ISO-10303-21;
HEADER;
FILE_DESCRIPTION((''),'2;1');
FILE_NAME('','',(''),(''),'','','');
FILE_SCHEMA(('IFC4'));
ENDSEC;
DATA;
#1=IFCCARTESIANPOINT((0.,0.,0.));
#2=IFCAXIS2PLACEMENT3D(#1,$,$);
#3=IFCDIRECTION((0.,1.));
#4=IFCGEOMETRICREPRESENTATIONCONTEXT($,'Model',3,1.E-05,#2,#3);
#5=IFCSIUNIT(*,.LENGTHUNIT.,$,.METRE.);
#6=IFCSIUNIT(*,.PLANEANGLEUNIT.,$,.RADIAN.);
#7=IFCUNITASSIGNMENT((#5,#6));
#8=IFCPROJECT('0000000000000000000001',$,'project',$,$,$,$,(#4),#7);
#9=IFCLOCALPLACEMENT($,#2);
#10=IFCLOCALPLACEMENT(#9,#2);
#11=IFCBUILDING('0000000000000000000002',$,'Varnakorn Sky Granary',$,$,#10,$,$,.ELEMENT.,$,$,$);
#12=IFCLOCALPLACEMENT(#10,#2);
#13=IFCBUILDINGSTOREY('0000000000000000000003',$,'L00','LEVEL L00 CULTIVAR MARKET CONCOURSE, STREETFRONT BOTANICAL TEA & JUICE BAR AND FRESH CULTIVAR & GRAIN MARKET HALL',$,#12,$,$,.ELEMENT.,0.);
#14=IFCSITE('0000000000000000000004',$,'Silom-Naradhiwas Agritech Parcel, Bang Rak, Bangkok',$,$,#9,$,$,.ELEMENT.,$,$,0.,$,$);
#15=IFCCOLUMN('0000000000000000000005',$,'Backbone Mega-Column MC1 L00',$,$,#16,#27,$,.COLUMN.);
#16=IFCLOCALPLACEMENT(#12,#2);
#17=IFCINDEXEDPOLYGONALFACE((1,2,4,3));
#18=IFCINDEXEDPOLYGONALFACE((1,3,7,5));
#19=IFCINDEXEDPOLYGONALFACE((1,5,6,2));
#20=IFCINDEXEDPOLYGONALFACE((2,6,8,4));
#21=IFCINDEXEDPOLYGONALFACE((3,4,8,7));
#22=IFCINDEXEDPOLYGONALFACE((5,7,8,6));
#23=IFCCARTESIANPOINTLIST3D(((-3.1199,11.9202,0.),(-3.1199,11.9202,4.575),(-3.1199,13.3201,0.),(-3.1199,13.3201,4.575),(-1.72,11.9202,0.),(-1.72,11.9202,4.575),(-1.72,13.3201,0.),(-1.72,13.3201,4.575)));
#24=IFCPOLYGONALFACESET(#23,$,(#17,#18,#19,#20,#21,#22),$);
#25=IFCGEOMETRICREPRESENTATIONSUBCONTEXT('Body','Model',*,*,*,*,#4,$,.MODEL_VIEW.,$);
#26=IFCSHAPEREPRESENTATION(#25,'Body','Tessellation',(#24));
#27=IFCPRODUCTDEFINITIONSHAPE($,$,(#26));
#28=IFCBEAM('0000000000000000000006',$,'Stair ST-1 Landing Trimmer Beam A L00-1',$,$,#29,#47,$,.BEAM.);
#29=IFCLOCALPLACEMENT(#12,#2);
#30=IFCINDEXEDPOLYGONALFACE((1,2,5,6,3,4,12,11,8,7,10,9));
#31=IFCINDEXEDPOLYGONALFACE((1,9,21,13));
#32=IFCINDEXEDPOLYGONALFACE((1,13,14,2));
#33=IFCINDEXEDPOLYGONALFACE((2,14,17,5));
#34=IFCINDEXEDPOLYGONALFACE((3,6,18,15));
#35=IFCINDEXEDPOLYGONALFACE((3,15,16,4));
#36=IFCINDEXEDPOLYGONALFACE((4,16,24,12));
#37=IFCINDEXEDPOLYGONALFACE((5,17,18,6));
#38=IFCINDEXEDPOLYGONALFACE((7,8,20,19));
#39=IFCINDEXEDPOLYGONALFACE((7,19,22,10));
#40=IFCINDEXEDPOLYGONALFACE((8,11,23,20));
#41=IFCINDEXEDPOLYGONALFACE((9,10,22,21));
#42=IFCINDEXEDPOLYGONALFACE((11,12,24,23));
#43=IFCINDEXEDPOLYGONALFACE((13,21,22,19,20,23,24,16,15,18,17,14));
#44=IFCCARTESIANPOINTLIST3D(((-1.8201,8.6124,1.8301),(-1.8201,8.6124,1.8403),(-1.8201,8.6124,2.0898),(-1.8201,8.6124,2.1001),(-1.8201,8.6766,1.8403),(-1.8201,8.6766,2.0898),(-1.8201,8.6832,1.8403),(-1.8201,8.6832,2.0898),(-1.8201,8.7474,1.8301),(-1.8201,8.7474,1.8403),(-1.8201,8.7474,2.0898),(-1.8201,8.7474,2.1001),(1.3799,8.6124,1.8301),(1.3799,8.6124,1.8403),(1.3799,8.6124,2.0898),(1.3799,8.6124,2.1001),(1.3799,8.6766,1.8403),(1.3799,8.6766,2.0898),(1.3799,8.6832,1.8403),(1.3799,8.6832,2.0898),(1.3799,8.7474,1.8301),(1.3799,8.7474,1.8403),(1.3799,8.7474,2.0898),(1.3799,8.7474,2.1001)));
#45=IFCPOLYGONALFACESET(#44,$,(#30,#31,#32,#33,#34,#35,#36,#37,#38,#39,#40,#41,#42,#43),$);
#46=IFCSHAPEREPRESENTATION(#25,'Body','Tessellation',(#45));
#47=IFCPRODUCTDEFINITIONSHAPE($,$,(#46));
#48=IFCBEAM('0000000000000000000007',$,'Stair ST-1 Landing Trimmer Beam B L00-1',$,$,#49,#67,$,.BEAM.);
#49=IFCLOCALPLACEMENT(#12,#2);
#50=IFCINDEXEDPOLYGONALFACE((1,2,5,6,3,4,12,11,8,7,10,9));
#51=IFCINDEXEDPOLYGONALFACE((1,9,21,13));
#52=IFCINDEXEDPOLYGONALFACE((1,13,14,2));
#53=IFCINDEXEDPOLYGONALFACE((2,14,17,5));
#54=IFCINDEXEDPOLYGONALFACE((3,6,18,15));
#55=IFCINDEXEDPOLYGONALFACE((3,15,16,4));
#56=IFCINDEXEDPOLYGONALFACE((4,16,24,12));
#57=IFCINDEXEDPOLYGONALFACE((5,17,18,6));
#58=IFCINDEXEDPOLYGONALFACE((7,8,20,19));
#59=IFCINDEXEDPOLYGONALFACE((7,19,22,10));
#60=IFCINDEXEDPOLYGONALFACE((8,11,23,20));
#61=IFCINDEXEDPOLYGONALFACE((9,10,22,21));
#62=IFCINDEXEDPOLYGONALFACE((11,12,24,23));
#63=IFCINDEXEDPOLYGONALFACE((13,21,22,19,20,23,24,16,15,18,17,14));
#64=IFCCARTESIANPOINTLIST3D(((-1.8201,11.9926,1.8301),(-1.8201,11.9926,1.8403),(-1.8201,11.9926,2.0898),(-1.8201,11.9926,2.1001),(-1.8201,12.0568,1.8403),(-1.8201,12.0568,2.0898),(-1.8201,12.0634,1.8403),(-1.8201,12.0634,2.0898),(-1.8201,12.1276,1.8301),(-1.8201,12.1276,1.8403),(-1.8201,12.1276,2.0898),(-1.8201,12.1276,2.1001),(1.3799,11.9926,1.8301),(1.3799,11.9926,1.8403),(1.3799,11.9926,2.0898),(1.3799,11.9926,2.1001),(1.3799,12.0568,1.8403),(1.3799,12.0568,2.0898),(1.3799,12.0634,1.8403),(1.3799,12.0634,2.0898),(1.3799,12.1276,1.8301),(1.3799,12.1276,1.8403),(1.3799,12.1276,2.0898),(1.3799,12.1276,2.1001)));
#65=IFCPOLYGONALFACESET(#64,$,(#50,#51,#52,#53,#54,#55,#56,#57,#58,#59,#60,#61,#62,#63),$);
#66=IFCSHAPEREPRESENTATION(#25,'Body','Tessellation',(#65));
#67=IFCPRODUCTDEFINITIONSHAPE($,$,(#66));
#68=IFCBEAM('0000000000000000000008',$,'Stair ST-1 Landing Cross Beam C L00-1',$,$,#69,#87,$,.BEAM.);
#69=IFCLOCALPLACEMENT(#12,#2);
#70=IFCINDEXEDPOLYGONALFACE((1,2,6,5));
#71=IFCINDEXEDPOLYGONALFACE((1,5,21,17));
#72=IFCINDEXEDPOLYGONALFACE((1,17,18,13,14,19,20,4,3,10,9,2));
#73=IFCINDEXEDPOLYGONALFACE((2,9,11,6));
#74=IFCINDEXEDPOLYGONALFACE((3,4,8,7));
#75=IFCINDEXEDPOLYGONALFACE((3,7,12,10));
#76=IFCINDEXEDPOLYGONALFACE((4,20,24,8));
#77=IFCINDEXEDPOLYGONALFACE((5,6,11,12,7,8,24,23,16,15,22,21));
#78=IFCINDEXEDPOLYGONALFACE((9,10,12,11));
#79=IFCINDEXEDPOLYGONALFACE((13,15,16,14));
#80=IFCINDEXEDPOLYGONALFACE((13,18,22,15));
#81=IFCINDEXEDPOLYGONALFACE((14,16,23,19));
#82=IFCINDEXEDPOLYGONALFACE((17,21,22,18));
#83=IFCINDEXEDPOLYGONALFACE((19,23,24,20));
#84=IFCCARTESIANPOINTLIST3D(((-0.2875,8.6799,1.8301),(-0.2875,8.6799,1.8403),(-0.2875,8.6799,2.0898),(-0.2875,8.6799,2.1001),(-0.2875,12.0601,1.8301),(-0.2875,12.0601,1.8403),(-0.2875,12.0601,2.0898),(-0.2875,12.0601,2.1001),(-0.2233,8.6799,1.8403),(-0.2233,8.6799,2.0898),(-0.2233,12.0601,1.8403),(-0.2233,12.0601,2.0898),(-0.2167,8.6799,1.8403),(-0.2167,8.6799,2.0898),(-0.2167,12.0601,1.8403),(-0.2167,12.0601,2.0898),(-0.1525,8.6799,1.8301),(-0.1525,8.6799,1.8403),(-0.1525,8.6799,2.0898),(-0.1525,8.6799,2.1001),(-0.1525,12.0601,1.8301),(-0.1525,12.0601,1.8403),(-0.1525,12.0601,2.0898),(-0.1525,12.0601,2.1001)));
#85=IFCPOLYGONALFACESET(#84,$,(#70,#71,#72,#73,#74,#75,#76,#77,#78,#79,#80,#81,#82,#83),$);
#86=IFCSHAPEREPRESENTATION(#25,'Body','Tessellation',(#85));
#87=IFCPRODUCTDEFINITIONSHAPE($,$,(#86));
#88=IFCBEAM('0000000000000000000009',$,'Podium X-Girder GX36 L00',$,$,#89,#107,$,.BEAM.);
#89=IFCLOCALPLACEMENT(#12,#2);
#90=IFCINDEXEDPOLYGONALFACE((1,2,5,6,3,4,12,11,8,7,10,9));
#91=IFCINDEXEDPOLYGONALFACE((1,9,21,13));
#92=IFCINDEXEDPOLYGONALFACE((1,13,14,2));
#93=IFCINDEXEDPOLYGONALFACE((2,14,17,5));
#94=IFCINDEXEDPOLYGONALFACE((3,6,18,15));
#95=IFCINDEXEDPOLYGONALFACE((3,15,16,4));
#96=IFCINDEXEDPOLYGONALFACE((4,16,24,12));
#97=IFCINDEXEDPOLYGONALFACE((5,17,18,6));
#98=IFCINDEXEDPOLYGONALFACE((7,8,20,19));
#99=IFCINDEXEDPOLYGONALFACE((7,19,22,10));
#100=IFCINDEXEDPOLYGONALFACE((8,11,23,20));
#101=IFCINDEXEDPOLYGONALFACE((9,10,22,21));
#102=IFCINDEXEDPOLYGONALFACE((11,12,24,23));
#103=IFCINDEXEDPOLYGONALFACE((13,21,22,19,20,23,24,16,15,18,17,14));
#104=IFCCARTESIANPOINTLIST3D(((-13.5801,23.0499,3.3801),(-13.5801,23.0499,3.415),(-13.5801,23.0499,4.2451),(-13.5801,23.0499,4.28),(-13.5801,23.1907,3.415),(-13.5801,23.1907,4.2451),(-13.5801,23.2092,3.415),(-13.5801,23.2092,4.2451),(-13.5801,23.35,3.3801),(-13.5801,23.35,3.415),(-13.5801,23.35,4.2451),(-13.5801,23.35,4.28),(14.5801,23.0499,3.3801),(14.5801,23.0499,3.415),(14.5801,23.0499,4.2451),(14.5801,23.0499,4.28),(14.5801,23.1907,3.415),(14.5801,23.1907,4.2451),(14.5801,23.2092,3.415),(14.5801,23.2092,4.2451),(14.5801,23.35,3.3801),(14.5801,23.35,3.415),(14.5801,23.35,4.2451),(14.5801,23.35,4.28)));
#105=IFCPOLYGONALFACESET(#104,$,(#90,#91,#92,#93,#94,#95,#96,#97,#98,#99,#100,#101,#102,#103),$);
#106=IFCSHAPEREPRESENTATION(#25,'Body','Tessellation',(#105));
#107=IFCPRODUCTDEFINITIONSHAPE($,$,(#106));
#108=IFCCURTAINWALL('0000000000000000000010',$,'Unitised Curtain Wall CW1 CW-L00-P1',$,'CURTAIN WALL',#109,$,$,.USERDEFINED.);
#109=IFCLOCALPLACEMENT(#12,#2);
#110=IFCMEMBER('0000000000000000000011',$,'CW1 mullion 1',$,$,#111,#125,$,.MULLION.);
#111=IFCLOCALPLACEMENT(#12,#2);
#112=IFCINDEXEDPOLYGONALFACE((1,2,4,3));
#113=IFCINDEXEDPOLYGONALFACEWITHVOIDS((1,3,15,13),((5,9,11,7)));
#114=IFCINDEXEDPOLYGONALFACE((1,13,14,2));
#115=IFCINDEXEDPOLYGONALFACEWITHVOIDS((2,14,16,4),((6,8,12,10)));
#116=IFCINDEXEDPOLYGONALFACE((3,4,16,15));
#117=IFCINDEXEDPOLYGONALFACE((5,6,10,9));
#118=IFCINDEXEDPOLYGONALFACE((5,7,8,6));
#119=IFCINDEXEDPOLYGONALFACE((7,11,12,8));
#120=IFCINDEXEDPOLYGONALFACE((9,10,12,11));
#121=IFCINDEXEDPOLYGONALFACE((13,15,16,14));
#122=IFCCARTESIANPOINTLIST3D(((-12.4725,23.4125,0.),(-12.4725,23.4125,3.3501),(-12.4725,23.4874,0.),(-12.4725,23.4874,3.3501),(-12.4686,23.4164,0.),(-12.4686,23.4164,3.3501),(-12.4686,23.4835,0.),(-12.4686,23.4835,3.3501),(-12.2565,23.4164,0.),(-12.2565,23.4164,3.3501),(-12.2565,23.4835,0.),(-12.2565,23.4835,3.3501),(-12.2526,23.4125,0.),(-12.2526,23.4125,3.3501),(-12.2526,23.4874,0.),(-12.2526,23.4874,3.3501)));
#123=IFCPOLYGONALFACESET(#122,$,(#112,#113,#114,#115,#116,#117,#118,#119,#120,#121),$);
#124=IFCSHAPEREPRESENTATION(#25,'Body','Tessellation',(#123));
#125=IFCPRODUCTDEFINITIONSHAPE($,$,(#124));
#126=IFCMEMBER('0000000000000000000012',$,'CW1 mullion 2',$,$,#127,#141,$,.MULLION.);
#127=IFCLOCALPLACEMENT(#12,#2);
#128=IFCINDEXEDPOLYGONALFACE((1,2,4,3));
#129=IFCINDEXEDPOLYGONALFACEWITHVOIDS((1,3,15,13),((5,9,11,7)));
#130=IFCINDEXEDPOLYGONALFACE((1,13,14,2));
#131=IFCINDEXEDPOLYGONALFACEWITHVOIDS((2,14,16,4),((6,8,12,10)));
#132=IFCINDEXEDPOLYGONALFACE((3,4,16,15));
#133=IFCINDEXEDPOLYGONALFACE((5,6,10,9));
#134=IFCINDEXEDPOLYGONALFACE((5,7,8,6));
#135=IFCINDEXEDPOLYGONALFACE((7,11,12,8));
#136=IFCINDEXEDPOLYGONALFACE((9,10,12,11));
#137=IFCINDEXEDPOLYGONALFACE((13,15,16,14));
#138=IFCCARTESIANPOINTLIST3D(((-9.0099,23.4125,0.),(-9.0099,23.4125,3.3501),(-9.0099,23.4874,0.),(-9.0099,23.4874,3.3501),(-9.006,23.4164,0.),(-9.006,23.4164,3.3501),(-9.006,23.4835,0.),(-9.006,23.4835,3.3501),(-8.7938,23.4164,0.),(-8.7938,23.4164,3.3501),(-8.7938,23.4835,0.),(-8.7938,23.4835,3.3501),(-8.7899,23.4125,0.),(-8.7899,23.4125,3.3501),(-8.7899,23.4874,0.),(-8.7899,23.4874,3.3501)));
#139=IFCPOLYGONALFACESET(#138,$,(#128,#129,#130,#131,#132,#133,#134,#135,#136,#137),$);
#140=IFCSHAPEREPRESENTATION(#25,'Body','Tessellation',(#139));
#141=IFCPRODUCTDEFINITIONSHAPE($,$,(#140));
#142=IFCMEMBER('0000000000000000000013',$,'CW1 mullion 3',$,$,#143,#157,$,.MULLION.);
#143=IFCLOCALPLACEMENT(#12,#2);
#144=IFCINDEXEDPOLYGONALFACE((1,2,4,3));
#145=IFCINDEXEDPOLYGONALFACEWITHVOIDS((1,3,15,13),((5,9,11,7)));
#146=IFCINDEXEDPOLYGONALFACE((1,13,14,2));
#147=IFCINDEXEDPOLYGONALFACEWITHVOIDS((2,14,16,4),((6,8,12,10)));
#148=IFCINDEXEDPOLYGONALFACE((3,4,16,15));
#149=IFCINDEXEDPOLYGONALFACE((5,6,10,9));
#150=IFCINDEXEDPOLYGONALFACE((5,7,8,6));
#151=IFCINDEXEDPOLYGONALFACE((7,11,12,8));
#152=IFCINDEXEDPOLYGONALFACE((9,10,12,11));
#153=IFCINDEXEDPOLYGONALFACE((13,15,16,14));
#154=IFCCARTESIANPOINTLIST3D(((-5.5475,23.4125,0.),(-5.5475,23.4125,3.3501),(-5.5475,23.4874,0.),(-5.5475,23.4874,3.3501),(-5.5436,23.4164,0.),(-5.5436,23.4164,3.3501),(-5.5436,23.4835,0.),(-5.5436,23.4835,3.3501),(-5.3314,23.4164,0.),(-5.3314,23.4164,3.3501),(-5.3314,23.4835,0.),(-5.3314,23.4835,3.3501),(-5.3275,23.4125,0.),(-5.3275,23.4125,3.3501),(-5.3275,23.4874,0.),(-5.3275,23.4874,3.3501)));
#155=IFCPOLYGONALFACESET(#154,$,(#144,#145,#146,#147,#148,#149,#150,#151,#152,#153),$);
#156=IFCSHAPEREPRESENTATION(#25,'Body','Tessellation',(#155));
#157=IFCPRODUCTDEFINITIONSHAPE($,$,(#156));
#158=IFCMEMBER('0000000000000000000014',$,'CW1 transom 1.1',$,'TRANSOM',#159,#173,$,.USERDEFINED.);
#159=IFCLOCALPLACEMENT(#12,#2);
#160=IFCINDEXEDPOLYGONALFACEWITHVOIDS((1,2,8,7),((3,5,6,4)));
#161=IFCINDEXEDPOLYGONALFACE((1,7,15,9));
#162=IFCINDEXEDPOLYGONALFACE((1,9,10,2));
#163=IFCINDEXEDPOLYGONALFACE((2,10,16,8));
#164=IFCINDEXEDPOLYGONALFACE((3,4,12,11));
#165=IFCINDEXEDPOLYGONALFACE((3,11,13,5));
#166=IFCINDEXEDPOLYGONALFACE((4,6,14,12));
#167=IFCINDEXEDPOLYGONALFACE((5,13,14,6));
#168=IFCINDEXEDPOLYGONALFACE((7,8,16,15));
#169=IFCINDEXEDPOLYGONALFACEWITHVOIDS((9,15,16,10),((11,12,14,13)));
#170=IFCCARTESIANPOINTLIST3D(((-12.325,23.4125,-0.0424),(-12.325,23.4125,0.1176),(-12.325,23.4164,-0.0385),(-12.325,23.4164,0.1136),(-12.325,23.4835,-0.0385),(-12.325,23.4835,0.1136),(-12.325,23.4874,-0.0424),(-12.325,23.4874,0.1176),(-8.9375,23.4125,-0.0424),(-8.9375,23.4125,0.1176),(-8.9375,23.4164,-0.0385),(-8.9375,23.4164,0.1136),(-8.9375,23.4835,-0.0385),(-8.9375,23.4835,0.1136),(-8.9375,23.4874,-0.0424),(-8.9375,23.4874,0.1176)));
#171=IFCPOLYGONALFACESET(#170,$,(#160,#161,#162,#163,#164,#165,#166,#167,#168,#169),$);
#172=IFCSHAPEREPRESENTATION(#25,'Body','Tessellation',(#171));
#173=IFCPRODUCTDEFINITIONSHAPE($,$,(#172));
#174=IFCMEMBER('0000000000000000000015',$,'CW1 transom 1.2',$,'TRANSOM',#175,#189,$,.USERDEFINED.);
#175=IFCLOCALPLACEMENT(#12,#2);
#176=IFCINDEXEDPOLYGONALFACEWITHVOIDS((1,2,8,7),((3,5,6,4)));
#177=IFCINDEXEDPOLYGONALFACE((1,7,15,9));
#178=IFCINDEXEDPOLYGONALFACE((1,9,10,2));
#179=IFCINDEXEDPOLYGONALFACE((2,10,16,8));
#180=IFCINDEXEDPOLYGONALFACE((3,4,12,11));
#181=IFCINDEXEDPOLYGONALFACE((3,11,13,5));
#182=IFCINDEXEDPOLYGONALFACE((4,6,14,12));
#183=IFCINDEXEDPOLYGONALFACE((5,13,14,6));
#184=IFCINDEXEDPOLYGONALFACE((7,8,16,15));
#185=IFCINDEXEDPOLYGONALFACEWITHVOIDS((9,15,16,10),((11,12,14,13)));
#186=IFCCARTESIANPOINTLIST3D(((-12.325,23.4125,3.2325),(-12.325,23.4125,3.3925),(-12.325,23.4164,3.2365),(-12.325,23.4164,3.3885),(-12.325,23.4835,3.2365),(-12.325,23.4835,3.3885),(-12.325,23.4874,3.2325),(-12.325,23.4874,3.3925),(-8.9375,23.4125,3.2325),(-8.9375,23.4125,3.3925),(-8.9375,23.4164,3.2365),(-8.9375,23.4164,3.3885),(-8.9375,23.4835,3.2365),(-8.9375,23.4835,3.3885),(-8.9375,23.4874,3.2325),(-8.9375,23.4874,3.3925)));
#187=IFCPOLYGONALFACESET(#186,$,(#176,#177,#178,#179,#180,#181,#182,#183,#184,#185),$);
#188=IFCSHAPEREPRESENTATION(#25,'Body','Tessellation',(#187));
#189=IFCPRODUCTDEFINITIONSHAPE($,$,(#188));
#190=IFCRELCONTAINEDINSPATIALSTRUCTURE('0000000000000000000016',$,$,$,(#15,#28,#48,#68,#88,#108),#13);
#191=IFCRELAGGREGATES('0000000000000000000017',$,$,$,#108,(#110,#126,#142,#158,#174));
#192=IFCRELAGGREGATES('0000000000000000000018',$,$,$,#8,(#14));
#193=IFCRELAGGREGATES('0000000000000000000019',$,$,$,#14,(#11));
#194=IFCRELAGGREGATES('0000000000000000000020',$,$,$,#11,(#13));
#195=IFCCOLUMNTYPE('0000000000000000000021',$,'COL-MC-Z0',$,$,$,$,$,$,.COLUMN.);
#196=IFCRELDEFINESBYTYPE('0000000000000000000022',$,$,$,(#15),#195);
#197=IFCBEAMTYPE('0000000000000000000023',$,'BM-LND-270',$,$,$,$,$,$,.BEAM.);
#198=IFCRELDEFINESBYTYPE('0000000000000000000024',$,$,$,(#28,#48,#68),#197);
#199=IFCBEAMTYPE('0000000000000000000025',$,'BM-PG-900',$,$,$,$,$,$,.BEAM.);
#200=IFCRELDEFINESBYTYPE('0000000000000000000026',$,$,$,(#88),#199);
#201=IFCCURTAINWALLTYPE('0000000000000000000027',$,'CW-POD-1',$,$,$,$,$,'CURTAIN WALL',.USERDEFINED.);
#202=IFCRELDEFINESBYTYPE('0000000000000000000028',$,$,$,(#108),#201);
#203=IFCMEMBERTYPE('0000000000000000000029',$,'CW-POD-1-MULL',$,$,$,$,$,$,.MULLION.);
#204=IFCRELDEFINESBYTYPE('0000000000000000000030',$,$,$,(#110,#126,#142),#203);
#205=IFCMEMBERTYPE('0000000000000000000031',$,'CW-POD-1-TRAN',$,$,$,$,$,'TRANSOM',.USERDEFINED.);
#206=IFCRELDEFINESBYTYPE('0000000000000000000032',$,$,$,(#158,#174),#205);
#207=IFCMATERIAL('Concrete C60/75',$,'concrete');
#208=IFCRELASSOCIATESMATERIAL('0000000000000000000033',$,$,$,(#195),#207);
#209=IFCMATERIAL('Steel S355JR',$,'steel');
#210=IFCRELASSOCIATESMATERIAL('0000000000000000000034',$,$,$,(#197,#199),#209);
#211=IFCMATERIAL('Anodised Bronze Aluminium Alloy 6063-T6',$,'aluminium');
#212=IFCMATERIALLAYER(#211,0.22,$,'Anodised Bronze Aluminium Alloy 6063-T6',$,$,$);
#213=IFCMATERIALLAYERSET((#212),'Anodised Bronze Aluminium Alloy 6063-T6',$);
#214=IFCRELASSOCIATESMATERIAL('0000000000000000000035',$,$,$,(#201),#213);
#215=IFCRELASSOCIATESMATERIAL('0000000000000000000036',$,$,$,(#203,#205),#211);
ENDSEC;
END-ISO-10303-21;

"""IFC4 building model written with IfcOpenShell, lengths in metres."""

from ifc_helpers import new_model, si_unit, direction, frame, origin, origin_2d, place, context, subcontext, project, spatial, rectangle, hollow_rectangle, i_section, extrude, material, layer, layer_set, material_profile, profile_set, type_object, element, aggregate, save


model = new_model("IFC4")

# Units and contexts
model_context = context("Model", 3, precision=1e-05, world=origin(), true_north=direction((0.0, 1.0)))
body_context = subcontext(model_context, "Body", "Model", "MODEL_VIEW")
ifc_project = project(units=[si_unit("LENGTHUNIT", "METRE"), si_unit("PLANEANGLEUNIT", "RADIAN")], contexts=[model_context])

# Site, building, storey
site_placement = place(None, origin())
site = spatial("IfcSite", under=ifc_project, at=site_placement, Name="Silom-Naradhiwas Agritech Parcel, Bang Rak, Bangkok", CompositionType="ELEMENT", RefElevation=0.0)
building_placement = place(site_placement, origin())
building = spatial("IfcBuilding", under=site, at=building_placement, Name="Varnakorn Sky Granary", CompositionType="ELEMENT")
storey_placement = place(building_placement, origin())
storey = spatial("IfcBuildingStorey", under=building, at=storey_placement, Name="L00", Description="LEVEL L00 CULTIVAR MARKET CONCOURSE, STREETFRONT BOTANICAL TEA & JUICE BAR AND FRESH CULTIVAR & GRAIN MARKET HALL", CompositionType="ELEMENT", Elevation=0.0)

# Column
ifc_material_1 = material(Name="Concrete C60/75", Category="concrete")
ifc_material_profile_1 = material_profile(ifc_material_1, rectangle(XDim=1.3999, YDim=1.3999, at=origin_2d()), Name="RC 1400x1400")
ifc_profile_set_1 = profile_set([ifc_material_profile_1], Name="Concrete C60/75")
column_type = type_object("IfcColumnType", Name="COL-MC-Z0", PredefinedType="COLUMN", material=ifc_profile_set_1)
column_placement = place(storey_placement, frame((-2.4199, 12.6201, 0.0), z_axis=(0.0, 0.0, 1.0), x_axis=(1.0, 0.0, 0.0)))
element("IfcColumn", 1, at=column_placement, inside=storey, type_object=column_type, Name="Backbone Mega-Column MC1 L00", PredefinedType="COLUMN", context=body_context, shape_type="SweptSolid", body=[
    extrude(rectangle(XDim=1.3999, YDim=1.3999, at=origin_2d()), origin(), (0.0, 0.0, 1.0), 4.575),
])

# Beams
ifc_material_2 = material(Name="Steel S355JR", Category="steel")
ifc_material_profile_2 = material_profile(ifc_material_2, i_section(OverallWidth=0.135, OverallDepth=0.27, WebThickness=0.0066, FlangeThickness=0.0103, at=origin_2d()), Name="IPE 270")
ifc_profile_set_2 = profile_set([ifc_material_profile_2], Name="Steel S355JR")
beam_type_1 = type_object("IfcBeamType", Name="BM-LND-270", PredefinedType="BEAM", material=ifc_profile_set_2)
for number, where, z_axis, x_axis, name in (
    (2, (-1.8201, 8.6799, 1.9651), (1.0, 0.0, 0.0), (0.0, 1.0, 0.0), "Stair ST-1 Landing Trimmer Beam A L00-1"),
    (3, (-1.8201, 12.0601, 1.9651), (1.0, 0.0, 0.0), (0.0, 1.0, 0.0), "Stair ST-1 Landing Trimmer Beam B L00-1"),
):
    element("IfcBeam", number, at=place(storey_placement, frame(where, z_axis=z_axis, x_axis=x_axis)), inside=storey, type_object=beam_type_1, Name=name, PredefinedType="BEAM", context=body_context, shape_type="SweptSolid", body=[
        extrude(i_section(OverallWidth=0.135, OverallDepth=0.27, WebThickness=0.0066, FlangeThickness=0.0103, at=origin_2d()), origin(), (0.0, 0.0, 1.0), 3.2),
    ])
beam_1_placement = place(storey_placement, frame((-0.22, 8.6799, 1.9651), z_axis=(0.0, 1.0, 0.0), x_axis=(-1.0, 0.0, 0.0)))
element("IfcBeam", 4, at=beam_1_placement, inside=storey, type_object=beam_type_1, Name="Stair ST-1 Landing Cross Beam C L00-1", PredefinedType="BEAM", context=body_context, shape_type="SweptSolid", body=[
    extrude(i_section(OverallWidth=0.135, OverallDepth=0.27, WebThickness=0.0066, FlangeThickness=0.0103, at=origin_2d()), origin(), (0.0, 0.0, 1.0), 3.3801),
])
ifc_material_profile_3 = material_profile(ifc_material_2, i_section(OverallWidth=0.3, OverallDepth=0.8999, WebThickness=0.0186, FlangeThickness=0.0349, at=origin_2d()), Name="HE 900 B")
ifc_profile_set_3 = profile_set([ifc_material_profile_3], Name="Steel S355JR")
beam_type_2 = type_object("IfcBeamType", Name="BM-PG-900", PredefinedType="BEAM", material=ifc_profile_set_3)
beam_2_placement = place(storey_placement, frame((-13.5801, 23.2, 3.8301), z_axis=(1.0, 0.0, 0.0), x_axis=(0.0, 1.0, 0.0)))
element("IfcBeam", 5, at=beam_2_placement, inside=storey, type_object=beam_type_2, Name="Podium X-Girder GX36 L00", PredefinedType="BEAM", context=body_context, shape_type="SweptSolid", body=[
    extrude(i_section(OverallWidth=0.3, OverallDepth=0.8999, WebThickness=0.0186, FlangeThickness=0.0349, at=origin_2d()), origin(), (0.0, 0.0, 1.0), 28.1602),
])

# Curtain wall, members
ifc_material_3 = material(Name="Anodised Bronze Aluminium Alloy 6063-T6", Category="aluminium")
ifc_layer_1 = layer(ifc_material_3, 0.22, Name="Anodised Bronze Aluminium Alloy 6063-T6")
ifc_layer_set_1 = layer_set([ifc_layer_1], Name="Anodised Bronze Aluminium Alloy 6063-T6")
curtain_wall_type = type_object("IfcCurtainWallType", Name="CW-POD-1", ElementType="CURTAIN WALL", PredefinedType="USERDEFINED", material=ifc_layer_set_1)
curtain_wall_placement = place(storey_placement, origin())
curtain_wall = element("IfcCurtainWall", 6, at=curtain_wall_placement, inside=storey, type_object=curtain_wall_type, Name="Unitised Curtain Wall CW1 CW-L00-P1", ObjectType="CURTAIN WALL", PredefinedType="USERDEFINED")
ifc_material_profile_4 = material_profile(ifc_material_3, hollow_rectangle(XDim=0.075, YDim=0.22, WallThickness=0.0039, at=origin_2d()), Name="ALU MULL 75x220")
ifc_profile_set_4 = profile_set([ifc_material_profile_4], Name="Anodised Bronze Aluminium Alloy 6063-T6")
member_type_1 = type_object("IfcMemberType", Name="CW-POD-1-MULL", PredefinedType="MULLION", material=ifc_profile_set_4)
member_1_placement = place(storey_placement, frame((-12.3625, 23.45, 0.0), z_axis=(0.0, 0.0, 1.0), x_axis=(0.0, 1.0, 0.0)))
member_1 = element("IfcMember", 7, at=member_1_placement, type_object=member_type_1, Name="CW1 mullion 1", PredefinedType="MULLION", context=body_context, shape_type="SweptSolid", body=[
    extrude(hollow_rectangle(XDim=0.075, YDim=0.22, WallThickness=0.0039, at=origin_2d()), origin(), (0.0, 0.0, 1.0), 3.3501),
])
member_2_placement = place(storey_placement, frame((-8.8999, 23.45, 0.0), z_axis=(0.0, 0.0, 1.0), x_axis=(0.0, 1.0, 0.0)))
member_2 = element("IfcMember", 8, at=member_2_placement, type_object=member_type_1, Name="CW1 mullion 2", PredefinedType="MULLION", context=body_context, shape_type="SweptSolid", body=[
    extrude(hollow_rectangle(XDim=0.075, YDim=0.22, WallThickness=0.0039, at=origin_2d()), origin(), (0.0, 0.0, 1.0), 3.3501),
])
member_3_placement = place(storey_placement, frame((-5.4375, 23.45, 0.0), z_axis=(0.0, 0.0, 1.0), x_axis=(0.0, 1.0, 0.0)))
member_3 = element("IfcMember", 9, at=member_3_placement, type_object=member_type_1, Name="CW1 mullion 3", PredefinedType="MULLION", context=body_context, shape_type="SweptSolid", body=[
    extrude(hollow_rectangle(XDim=0.075, YDim=0.22, WallThickness=0.0039, at=origin_2d()), origin(), (0.0, 0.0, 1.0), 3.3501),
])
ifc_material_profile_5 = material_profile(ifc_material_3, hollow_rectangle(XDim=0.075, YDim=0.1599, WallThickness=0.0039, at=origin_2d()), Name="ALU TRAN 75x160")
ifc_profile_set_5 = profile_set([ifc_material_profile_5], Name="Anodised Bronze Aluminium Alloy 6063-T6")
member_type_2 = type_object("IfcMemberType", Name="CW-POD-1-TRAN", ElementType="TRANSOM", PredefinedType="USERDEFINED", material=ifc_profile_set_5)
member_4_placement = place(storey_placement, frame((-12.325, 23.45, 0.0376), z_axis=(1.0, 0.0, 0.0), x_axis=(0.0, 1.0, 0.0)))
member_4 = element("IfcMember", 10, at=member_4_placement, type_object=member_type_2, Name="CW1 transom 1.1", ObjectType="TRANSOM", PredefinedType="USERDEFINED", context=body_context, shape_type="SweptSolid", body=[
    extrude(hollow_rectangle(XDim=0.075, YDim=0.1599, WallThickness=0.0039, at=origin_2d()), origin(), (0.0, 0.0, 1.0), 3.3875),
])
member_5_placement = place(storey_placement, frame((-12.325, 23.45, 3.3125), z_axis=(1.0, 0.0, 0.0), x_axis=(0.0, 1.0, 0.0)))
member_5 = element("IfcMember", 11, at=member_5_placement, type_object=member_type_2, Name="CW1 transom 1.2", ObjectType="TRANSOM", PredefinedType="USERDEFINED", context=body_context, shape_type="SweptSolid", body=[
    extrude(hollow_rectangle(XDim=0.075, YDim=0.1599, WallThickness=0.0039, at=origin_2d()), origin(), (0.0, 0.0, 1.0), 3.3875),
])
aggregate(curtain_wall, [member_1, member_2, member_3, member_4, member_5])

save(model, "model.ifc")
